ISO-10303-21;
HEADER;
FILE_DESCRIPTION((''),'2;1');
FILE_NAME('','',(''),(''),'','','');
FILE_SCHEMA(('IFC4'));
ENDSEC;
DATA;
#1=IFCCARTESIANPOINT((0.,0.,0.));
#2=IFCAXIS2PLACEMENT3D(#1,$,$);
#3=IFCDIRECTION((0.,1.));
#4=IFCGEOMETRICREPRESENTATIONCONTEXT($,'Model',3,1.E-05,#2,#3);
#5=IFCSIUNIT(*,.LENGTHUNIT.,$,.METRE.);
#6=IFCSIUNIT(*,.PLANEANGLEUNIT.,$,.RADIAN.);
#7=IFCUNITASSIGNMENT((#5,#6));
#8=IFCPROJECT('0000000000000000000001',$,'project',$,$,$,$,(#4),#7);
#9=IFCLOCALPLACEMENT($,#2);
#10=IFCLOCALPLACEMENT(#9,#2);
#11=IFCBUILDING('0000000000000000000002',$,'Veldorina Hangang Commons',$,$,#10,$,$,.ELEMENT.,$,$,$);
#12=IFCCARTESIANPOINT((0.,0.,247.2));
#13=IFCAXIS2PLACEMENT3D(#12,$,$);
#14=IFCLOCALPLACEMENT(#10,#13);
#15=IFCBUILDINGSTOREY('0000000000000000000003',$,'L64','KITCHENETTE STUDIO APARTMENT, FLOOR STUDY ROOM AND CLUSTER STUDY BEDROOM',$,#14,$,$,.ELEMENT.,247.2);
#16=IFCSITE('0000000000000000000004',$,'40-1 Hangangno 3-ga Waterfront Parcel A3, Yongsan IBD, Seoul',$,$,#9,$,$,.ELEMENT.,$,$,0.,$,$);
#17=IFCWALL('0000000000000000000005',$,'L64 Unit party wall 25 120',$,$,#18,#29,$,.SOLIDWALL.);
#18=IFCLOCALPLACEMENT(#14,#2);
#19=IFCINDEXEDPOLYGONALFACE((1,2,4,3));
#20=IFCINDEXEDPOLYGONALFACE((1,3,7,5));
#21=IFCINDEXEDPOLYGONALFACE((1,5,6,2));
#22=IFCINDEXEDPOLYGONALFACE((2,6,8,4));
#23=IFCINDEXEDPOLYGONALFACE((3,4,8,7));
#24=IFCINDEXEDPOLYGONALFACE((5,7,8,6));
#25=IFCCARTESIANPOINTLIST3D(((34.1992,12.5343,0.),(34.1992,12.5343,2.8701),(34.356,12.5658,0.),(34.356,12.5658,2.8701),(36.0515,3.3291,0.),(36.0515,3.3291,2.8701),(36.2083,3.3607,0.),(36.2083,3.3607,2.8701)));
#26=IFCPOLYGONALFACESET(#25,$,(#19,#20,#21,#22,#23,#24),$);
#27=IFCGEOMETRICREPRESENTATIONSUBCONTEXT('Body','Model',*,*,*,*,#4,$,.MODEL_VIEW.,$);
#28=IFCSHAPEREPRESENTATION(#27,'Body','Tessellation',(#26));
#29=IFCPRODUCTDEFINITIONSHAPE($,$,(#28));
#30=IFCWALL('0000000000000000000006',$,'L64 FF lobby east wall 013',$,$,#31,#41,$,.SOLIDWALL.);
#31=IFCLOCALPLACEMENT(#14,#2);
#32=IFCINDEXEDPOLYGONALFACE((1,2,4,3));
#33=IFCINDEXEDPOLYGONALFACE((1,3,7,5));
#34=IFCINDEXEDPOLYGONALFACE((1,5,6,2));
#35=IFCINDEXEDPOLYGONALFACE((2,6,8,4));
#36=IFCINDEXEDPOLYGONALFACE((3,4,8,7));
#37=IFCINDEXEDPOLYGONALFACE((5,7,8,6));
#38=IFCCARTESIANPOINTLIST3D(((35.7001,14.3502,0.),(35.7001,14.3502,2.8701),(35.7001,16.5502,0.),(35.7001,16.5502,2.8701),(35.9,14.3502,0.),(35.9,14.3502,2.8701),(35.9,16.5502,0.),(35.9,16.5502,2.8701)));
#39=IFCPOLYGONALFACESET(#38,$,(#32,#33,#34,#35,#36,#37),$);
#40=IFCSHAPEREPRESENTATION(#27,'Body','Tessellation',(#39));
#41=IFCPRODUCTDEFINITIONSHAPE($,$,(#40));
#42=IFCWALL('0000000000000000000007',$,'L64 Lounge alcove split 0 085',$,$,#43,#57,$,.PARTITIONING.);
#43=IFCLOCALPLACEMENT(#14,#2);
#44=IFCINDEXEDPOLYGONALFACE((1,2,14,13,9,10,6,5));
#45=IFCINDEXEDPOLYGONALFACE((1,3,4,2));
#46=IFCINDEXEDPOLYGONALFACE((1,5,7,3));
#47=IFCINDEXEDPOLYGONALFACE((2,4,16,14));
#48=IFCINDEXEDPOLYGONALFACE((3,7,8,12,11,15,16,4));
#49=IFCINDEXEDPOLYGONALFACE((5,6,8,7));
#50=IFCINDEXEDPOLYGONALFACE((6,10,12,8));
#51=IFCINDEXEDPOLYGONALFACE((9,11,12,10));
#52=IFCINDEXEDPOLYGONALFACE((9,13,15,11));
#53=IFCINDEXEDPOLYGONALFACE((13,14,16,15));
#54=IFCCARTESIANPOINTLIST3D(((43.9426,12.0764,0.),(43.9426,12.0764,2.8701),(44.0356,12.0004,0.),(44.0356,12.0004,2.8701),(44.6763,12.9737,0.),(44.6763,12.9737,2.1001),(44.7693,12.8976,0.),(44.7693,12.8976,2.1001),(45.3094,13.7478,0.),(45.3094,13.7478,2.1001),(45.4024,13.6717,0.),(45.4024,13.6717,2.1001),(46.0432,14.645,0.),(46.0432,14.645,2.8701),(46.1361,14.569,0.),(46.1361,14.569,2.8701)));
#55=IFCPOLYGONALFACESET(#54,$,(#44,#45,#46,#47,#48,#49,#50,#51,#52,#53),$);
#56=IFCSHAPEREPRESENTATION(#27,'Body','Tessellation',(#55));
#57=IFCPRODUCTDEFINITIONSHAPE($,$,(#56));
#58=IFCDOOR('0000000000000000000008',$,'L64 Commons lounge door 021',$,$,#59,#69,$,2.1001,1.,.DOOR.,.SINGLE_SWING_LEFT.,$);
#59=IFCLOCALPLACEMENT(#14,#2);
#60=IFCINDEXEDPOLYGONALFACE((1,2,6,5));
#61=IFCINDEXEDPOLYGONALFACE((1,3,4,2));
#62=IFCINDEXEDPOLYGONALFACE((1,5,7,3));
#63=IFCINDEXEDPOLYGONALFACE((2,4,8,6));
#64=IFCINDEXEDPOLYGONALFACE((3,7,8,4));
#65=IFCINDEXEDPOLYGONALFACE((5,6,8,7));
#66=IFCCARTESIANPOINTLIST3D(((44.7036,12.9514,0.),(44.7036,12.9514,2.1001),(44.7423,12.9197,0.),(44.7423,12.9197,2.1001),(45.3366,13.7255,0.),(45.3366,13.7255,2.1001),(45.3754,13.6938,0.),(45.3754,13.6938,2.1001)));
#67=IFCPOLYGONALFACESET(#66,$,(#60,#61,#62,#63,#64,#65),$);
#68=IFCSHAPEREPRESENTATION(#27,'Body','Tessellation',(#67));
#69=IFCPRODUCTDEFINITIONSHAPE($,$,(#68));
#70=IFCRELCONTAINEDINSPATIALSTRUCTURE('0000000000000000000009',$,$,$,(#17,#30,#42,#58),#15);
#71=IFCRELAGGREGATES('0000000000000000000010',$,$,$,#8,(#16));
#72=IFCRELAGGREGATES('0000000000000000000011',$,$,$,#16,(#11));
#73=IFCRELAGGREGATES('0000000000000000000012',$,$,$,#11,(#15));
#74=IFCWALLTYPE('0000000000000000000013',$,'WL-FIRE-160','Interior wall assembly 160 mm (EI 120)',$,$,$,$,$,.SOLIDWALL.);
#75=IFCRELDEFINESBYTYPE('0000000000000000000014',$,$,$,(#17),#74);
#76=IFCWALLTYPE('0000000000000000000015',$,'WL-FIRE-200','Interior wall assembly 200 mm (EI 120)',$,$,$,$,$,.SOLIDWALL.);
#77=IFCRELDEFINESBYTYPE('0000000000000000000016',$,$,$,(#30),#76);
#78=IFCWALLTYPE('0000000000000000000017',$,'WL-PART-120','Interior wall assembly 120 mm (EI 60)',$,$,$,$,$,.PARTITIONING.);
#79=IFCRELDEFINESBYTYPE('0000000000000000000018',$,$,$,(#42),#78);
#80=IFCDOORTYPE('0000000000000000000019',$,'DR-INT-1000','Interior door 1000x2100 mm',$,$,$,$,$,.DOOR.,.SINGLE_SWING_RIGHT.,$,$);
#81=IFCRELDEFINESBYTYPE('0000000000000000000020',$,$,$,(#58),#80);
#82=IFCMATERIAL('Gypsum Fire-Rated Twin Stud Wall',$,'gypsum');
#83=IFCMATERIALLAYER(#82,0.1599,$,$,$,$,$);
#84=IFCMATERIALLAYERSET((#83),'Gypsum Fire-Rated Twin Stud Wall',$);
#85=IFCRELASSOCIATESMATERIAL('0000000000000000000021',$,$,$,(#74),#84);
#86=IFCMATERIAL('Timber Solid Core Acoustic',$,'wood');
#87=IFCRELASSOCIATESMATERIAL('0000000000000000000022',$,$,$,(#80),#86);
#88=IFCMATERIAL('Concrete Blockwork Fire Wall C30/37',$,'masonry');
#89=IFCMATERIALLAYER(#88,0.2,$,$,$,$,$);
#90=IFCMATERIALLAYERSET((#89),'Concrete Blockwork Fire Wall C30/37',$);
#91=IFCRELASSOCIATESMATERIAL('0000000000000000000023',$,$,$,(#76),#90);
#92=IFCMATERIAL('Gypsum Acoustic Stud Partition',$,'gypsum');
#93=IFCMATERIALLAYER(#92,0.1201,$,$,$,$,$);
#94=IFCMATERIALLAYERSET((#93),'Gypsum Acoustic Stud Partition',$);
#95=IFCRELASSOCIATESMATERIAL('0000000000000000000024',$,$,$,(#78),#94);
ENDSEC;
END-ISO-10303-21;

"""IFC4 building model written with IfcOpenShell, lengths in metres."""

from ifc_helpers import new_model, si_unit, direction, frame, frame_2d, origin, place, context, subcontext, project, spatial, rectangle, extrude, material, layer, layer_set, type_object, element, fill, save


model = new_model("IFC4")

# Units and contexts
model_context = context("Model", 3, precision=1e-05, world=origin(), true_north=direction((0.0, 1.0)))
body_context = subcontext(model_context, "Body", "Model", "MODEL_VIEW")
ifc_project = project(units=[si_unit("LENGTHUNIT", "METRE"), si_unit("PLANEANGLEUNIT", "RADIAN")], contexts=[model_context])

# Site, building, storey
site_placement = place(None, origin())
site = spatial("IfcSite", under=ifc_project, at=site_placement, Name="40-1 Hangangno 3-ga Waterfront Parcel A3, Yongsan IBD, Seoul", CompositionType="ELEMENT", RefElevation=0.0)
building_placement = place(site_placement, origin())
building = spatial("IfcBuilding", under=site, at=building_placement, Name="Veldorina Hangang Commons", CompositionType="ELEMENT")
storey_placement = place(building_placement, frame((0.0, 0.0, 247.2)))
storey = spatial("IfcBuildingStorey", under=building, at=storey_placement, Name="L64", Description="KITCHENETTE STUDIO APARTMENT, FLOOR STUDY ROOM AND CLUSTER STUDY BEDROOM", CompositionType="ELEMENT", Elevation=247.2)

# Shared definitions
ifc_material_1 = material(Name="Gypsum Fire-Rated Twin Stud Wall", Category="gypsum")
ifc_layer_1 = layer(ifc_material_1, 0.1599)
ifc_layer_set_1 = layer_set([ifc_layer_1], Name="Gypsum Fire-Rated Twin Stud Wall")
wall_type_1 = type_object("IfcWallType", Name="WL-FIRE-160", Description="Interior wall assembly 160 mm (EI 120)", PredefinedType="SOLIDWALL", material=ifc_layer_set_1)

# Shared definitions
ifc_material_2 = material(Name="Timber Solid Core Acoustic", Category="wood")
door_type_1 = type_object("IfcDoorType", Name="DR-INT-1000", Description="Interior door 1000x2100 mm", OperationType="SINGLE_SWING_RIGHT", PredefinedType="DOOR", material=ifc_material_2)

# Walls
wall_1_placement = place(storey_placement, frame((34.2776, 12.55, 0.0), z_axis=(0.0, 0.0, 1.0), x_axis=(0.197271, -0.980349, 0.0)))
element("IfcWall", 1, at=wall_1_placement, inside=storey, type_object=wall_type_1, Name="L64 Unit party wall 25 120", PredefinedType="SOLIDWALL", context=body_context, shape_type="SweptSolid", body=[
    extrude(rectangle(XDim=9.3896, YDim=0.1599, at=frame_2d((4.6948, 0.0))), origin(), (0.0, 0.0, 1.0), 2.8701),
])
ifc_material_3 = material(Name="Concrete Blockwork Fire Wall C30/37", Category="masonry")
ifc_layer_2 = layer(ifc_material_3, 0.2)
ifc_layer_set_2 = layer_set([ifc_layer_2], Name="Concrete Blockwork Fire Wall C30/37")
wall_type_2 = type_object("IfcWallType", Name="WL-FIRE-200", Description="Interior wall assembly 200 mm (EI 120)", PredefinedType="SOLIDWALL", material=ifc_layer_set_2)
wall_2_placement = place(storey_placement, frame((35.8, 14.3501, 0.0), z_axis=(0.0, 0.0, 1.0), x_axis=(0.0, 1.0, 0.0)))
element("IfcWall", 2, at=wall_2_placement, inside=storey, type_object=wall_type_2, Name="L64 FF lobby east wall 013", PredefinedType="SOLIDWALL", context=body_context, shape_type="SweptSolid", body=[
    extrude(rectangle(XDim=2.2, YDim=0.2, at=frame_2d((1.1001, 0.0))), origin(), (0.0, 0.0, 1.0), 2.8701),
])

# Wall, opening, door
ifc_material_4 = material(Name="Gypsum Acoustic Stud Partition", Category="gypsum")
ifc_layer_3 = layer(ifc_material_4, 0.1201)
ifc_layer_set_3 = layer_set([ifc_layer_3], Name="Gypsum Acoustic Stud Partition")
wall_type_3 = type_object("IfcWallType", Name="WL-PART-120", Description="Interior wall assembly 120 mm (EI 60)", PredefinedType="PARTITIONING", material=ifc_layer_set_3)
wall_3_placement = place(storey_placement, frame((43.989, 12.0383, 0.0), z_axis=(0.0, 0.0, 1.0), x_axis=(0.633057, 0.774105, 0.0)))
wall_3 = element("IfcWall", 3, at=wall_3_placement, inside=storey, type_object=wall_type_3, Name="L64 Lounge alcove split 0 085", PredefinedType="PARTITIONING", context=body_context, shape_type="SweptSolid", body=[
    extrude(rectangle(XDim=3.3181, YDim=0.1201, at=frame_2d((1.6592, 0.0))), origin(), (0.0, 0.0, 1.0), 2.8701),
])
opening_1_placement = place(wall_3_placement, frame((1.1592, 0.0, 0.0)))
opening_1 = element("IfcOpeningElement", 4, at=opening_1_placement, cuts=wall_3, PredefinedType="OPENING", context=body_context, shape_type="SweptSolid", body=[
    extrude(rectangle(XDim=1.0, YDim=2.1001, at=frame_2d((0.5, 1.05))), frame((0.0, 0.0701, 0.0), z_axis=(0.0, -1.0, 0.0), x_axis=(1.0, 0.0, 0.0)), (0.0, 0.0, 1.0), 0.1401),
])
door_1_placement = place(opening_1_placement, origin())
door_1 = element("IfcDoor", 5, at=door_1_placement, inside=storey, type_object=door_type_1, Name="L64 Commons lounge door 021", OperationType="SINGLE_SWING_LEFT", OverallHeight=2.1001, OverallWidth=1.0, PredefinedType="DOOR", context=body_context, shape_type="SweptSolid", body=[
    extrude(rectangle(XDim=1.0, YDim=2.1001, at=frame_2d((0.5, 1.05))), frame((0.0, 0.0249, 0.0), z_axis=(0.0, -1.0, 0.0), x_axis=(1.0, 0.0, 0.0)), (0.0, 0.0, 1.0), 0.05),
])
fill(opening_1, door_1)

save(model, "model.ifc")
